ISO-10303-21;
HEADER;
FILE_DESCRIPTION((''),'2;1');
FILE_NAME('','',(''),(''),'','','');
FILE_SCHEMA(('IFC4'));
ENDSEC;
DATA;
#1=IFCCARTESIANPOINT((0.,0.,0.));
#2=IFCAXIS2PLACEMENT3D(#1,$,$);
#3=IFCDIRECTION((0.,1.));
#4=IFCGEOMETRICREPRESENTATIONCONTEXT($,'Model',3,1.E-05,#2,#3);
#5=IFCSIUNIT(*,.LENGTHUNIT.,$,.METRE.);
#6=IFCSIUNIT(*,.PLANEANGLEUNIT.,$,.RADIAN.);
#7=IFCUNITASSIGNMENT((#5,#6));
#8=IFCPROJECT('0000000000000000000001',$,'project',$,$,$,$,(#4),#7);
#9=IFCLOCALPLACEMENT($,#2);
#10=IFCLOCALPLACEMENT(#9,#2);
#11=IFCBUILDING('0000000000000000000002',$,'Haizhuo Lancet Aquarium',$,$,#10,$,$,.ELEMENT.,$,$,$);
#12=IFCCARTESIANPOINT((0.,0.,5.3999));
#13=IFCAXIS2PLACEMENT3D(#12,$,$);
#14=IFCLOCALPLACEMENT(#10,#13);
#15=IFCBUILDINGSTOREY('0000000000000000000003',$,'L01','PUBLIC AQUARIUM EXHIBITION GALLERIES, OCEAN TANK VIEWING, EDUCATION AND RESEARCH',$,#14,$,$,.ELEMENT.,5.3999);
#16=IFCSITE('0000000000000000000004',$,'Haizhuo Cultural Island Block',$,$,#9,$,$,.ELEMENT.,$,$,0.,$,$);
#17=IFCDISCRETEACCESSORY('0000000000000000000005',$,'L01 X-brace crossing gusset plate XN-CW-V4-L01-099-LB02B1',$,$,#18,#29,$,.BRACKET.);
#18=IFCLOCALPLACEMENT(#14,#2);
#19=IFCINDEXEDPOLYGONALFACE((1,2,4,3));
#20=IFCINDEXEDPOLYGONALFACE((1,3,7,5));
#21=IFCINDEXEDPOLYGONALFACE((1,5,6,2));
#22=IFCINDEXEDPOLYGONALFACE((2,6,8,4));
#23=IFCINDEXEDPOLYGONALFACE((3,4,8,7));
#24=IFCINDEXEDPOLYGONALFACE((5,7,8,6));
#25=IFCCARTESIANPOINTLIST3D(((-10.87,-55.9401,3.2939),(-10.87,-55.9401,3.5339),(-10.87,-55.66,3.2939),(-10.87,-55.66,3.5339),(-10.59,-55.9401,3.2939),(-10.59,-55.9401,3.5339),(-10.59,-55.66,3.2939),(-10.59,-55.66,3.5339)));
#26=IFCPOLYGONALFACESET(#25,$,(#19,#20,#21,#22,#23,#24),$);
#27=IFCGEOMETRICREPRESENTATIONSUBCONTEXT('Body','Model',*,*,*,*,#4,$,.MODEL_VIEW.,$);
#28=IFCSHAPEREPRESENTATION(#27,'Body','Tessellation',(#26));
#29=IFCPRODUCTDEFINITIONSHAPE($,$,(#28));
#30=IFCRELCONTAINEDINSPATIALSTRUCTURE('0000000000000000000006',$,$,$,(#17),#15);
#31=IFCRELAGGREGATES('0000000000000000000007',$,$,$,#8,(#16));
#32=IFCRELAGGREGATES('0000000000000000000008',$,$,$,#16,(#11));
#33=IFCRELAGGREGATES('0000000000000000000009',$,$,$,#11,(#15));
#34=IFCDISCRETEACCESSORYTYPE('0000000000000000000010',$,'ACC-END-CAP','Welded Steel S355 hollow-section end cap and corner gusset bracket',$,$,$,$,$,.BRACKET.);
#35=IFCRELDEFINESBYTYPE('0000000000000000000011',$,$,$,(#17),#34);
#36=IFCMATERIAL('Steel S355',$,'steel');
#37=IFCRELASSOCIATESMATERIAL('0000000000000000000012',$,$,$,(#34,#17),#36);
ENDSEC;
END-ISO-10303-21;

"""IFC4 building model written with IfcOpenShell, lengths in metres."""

from ifc_helpers import new_model, si_unit, direction, frame, origin, origin_2d, place, context, subcontext, project, spatial, rectangle, extrude, material, type_object, element, save


model = new_model("IFC4")

# Units and contexts
model_context = context("Model", 3, precision=1e-05, world=origin(), true_north=direction((0.0, 1.0)))
body_context = subcontext(model_context, "Body", "Model", "MODEL_VIEW")
ifc_project = project(units=[si_unit("LENGTHUNIT", "METRE"), si_unit("PLANEANGLEUNIT", "RADIAN")], contexts=[model_context])

# Site, building, storey
site_placement = place(None, origin())
site = spatial("IfcSite", under=ifc_project, at=site_placement, Name="Haizhuo Cultural Island Block", CompositionType="ELEMENT", RefElevation=0.0)
building_placement = place(site_placement, origin())
building = spatial("IfcBuilding", under=site, at=building_placement, Name="Haizhuo Lancet Aquarium", CompositionType="ELEMENT")
storey_placement = place(building_placement, frame((0.0, 0.0, 5.3999)))
storey = spatial("IfcBuildingStorey", under=building, at=storey_placement, Name="L01", Description="PUBLIC AQUARIUM EXHIBITION GALLERIES, OCEAN TANK VIEWING, EDUCATION AND RESEARCH", CompositionType="ELEMENT", Elevation=5.3999)

# Shared definitions
ifc_material_1 = material(Name="Steel S355", Category="steel")

# Discrete accessory
discrete_accessory_type = type_object("IfcDiscreteAccessoryType", Name="ACC-END-CAP", Description="Welded Steel S355 hollow-section end cap and corner gusset bracket", PredefinedType="BRACKET", material=ifc_material_1)
for number, where, z_axis, x_axis, name in (
    (1, (-10.73, -55.8, 3.2939), (0.0, 0.0, 1.0), (1.0, 0.0, 0.0), "L01 X-brace crossing gusset plate XN-CW-V4-L01-099-LB02B1"),
):
    element("IfcDiscreteAccessory", number, at=place(storey_placement, frame(where, z_axis=z_axis, x_axis=x_axis)), inside=storey, type_object=discrete_accessory_type, material=ifc_material_1, Name=name, PredefinedType="BRACKET", context=body_context, shape_type="SweptSolid", body=[
        extrude(rectangle(XDim=0.28, YDim=0.28, at=origin_2d()), origin(), (0.0, 0.0, 1.0), 0.24),
    ])

save(model, "model.ifc")
